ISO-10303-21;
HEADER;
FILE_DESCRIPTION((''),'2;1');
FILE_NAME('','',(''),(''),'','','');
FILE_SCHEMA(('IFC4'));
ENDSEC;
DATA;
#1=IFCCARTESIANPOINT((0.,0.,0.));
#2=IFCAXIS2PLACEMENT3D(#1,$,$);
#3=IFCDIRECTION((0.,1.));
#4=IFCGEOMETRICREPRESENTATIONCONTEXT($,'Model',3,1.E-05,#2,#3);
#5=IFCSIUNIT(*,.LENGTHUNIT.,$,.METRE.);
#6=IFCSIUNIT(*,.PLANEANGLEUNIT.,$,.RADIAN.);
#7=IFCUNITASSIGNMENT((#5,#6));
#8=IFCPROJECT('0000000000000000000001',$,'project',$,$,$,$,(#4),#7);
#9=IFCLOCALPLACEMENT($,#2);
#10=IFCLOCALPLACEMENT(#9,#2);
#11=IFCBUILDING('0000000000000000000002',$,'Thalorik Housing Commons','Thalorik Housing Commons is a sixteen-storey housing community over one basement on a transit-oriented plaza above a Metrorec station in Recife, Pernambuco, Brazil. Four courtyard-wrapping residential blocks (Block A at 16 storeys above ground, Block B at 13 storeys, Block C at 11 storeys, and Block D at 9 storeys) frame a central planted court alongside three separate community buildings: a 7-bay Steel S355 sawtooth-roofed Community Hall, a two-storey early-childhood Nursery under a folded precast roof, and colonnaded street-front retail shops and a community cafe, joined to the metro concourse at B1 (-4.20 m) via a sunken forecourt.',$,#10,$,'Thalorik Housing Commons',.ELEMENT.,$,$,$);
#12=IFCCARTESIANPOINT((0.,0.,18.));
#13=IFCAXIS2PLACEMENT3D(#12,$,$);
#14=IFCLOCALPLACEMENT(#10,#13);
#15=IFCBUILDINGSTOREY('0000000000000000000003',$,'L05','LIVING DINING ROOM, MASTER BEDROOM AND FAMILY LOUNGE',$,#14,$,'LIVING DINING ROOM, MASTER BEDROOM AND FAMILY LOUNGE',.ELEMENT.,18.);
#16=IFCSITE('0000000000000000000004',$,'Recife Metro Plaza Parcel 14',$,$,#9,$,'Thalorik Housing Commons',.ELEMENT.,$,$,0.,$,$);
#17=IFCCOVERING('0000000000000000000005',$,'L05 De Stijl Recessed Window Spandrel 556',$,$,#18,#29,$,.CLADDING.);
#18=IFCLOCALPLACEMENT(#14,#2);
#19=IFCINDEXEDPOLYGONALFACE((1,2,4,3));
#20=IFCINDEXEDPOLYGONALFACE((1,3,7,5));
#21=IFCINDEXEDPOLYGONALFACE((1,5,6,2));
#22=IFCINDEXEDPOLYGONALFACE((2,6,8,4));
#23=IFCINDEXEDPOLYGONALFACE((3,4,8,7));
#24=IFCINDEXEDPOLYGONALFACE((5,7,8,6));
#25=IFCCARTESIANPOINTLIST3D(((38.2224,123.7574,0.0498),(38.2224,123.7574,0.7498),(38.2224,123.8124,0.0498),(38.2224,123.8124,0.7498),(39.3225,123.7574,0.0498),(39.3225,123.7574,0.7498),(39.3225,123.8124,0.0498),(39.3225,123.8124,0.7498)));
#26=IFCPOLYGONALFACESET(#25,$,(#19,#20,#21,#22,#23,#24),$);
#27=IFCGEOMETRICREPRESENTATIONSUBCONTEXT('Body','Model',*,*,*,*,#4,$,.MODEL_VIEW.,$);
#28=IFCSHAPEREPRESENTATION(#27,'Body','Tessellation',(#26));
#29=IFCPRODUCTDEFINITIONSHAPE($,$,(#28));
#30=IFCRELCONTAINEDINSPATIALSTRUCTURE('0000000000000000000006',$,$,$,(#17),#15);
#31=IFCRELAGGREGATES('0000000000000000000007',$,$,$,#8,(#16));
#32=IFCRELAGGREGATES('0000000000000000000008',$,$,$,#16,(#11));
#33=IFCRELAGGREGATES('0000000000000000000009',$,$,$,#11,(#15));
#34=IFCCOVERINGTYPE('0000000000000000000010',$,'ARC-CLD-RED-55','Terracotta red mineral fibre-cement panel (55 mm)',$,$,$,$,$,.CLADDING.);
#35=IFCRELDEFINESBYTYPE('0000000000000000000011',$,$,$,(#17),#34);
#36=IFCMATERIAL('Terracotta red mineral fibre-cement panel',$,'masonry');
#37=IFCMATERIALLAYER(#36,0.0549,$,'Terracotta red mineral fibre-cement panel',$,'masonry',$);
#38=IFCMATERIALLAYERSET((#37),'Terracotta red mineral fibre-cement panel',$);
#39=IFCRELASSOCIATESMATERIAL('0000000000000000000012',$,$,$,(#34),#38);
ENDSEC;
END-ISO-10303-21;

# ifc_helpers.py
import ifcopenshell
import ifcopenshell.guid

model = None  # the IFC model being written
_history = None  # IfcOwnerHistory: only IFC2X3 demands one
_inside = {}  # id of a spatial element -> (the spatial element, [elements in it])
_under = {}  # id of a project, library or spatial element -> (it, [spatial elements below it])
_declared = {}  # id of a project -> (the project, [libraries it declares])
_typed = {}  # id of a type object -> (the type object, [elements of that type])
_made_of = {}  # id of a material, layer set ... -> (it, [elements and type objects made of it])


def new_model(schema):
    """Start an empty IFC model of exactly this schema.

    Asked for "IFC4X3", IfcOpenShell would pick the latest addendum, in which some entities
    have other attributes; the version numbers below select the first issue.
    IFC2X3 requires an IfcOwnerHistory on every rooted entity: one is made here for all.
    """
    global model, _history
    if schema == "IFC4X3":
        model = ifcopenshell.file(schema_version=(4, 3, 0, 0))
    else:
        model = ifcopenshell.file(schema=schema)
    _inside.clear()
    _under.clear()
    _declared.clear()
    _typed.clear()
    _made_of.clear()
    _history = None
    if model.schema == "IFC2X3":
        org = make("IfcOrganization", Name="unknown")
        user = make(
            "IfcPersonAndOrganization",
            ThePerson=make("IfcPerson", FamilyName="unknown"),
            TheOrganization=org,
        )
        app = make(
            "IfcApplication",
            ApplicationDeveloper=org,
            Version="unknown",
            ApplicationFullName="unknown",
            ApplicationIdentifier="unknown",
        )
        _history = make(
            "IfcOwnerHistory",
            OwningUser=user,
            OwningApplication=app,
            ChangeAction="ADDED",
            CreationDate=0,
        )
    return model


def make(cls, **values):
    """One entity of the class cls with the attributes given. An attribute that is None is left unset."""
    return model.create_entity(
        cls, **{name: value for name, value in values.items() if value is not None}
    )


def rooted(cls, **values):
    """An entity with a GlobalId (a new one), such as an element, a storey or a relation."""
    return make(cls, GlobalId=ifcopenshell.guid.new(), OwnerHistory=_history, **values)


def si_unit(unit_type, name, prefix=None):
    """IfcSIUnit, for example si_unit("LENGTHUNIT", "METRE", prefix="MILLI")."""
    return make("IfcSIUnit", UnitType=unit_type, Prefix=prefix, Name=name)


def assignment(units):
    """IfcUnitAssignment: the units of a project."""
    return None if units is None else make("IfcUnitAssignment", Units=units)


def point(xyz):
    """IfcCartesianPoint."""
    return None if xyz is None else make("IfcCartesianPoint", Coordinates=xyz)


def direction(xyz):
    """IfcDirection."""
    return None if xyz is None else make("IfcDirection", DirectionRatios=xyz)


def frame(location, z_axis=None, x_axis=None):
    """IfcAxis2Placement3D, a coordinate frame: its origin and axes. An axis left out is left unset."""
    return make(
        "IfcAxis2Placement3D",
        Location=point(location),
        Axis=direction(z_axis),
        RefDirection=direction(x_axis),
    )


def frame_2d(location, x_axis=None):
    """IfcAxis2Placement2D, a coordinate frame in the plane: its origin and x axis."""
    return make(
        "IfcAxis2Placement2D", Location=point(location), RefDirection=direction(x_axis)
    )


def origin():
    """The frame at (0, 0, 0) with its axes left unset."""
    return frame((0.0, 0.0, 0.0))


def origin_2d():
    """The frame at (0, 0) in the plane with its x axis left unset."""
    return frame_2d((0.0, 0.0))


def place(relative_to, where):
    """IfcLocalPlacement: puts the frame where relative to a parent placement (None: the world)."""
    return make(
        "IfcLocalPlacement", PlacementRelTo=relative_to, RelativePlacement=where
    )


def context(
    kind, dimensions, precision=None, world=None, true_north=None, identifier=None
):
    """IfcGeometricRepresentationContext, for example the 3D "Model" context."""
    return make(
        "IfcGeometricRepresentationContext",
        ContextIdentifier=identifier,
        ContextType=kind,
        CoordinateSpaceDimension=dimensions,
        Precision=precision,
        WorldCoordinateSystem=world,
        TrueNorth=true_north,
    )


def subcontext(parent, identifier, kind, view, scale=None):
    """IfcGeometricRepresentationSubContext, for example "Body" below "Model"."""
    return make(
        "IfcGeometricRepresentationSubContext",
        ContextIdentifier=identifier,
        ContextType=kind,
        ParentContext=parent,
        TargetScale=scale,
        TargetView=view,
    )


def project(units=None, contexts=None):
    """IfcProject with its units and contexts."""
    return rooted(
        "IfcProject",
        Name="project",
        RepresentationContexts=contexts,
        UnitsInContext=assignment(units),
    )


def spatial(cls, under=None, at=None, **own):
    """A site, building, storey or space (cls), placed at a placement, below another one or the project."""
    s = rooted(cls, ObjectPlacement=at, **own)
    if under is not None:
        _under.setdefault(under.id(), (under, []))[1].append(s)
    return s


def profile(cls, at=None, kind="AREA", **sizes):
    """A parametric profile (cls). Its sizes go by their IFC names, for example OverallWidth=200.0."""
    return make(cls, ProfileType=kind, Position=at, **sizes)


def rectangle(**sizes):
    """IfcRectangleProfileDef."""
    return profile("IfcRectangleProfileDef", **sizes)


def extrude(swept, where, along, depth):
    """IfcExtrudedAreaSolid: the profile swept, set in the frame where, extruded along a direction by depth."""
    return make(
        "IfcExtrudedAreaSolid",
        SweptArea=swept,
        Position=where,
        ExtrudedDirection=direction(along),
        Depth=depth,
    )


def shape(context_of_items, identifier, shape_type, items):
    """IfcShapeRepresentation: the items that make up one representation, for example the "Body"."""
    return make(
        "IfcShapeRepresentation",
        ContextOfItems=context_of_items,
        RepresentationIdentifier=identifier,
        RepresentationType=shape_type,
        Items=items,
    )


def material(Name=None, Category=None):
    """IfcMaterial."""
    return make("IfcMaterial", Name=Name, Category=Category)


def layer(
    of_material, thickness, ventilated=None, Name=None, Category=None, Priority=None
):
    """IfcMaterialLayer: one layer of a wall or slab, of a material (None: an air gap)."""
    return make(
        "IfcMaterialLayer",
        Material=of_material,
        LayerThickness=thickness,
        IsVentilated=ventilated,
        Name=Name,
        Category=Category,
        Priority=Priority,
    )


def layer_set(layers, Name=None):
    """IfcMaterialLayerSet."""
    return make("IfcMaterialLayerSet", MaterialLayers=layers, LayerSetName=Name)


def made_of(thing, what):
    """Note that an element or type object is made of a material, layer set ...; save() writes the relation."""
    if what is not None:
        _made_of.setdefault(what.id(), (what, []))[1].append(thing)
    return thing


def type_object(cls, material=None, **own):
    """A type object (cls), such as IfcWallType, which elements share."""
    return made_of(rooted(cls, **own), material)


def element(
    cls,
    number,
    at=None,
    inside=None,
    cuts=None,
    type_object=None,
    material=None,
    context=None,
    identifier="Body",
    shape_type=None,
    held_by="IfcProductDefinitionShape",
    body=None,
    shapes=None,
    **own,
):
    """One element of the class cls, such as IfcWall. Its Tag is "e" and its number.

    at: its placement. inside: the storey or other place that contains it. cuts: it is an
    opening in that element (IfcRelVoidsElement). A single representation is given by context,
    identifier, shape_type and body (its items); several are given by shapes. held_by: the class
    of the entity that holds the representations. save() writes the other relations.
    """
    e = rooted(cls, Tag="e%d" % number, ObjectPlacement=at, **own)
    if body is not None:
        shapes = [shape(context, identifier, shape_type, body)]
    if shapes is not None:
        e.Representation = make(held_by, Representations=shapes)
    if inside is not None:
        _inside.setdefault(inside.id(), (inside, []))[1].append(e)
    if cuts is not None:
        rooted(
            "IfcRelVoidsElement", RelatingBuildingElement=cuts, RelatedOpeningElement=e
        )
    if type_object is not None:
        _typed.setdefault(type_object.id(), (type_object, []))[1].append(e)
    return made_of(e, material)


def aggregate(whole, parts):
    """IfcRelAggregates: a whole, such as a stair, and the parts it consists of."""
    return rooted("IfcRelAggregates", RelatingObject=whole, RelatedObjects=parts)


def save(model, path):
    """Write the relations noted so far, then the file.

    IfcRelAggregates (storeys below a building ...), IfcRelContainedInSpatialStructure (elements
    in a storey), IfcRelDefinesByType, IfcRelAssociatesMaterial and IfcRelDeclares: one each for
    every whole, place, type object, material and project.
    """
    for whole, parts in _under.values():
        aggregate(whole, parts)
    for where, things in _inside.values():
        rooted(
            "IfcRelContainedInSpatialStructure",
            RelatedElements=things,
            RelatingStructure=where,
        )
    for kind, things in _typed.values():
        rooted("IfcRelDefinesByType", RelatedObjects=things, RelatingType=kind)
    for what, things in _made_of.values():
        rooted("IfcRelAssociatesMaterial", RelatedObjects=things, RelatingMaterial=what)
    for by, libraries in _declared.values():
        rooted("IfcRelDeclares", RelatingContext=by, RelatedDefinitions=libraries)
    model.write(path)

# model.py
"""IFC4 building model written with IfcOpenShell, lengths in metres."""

from ifc_helpers import new_model, si_unit, direction, frame, origin, origin_2d, place, context, subcontext, project, spatial, rectangle, extrude, material, layer, layer_set, type_object, element, save


model = new_model("IFC4")

# Units and contexts
model_context = context("Model", 3, precision=1e-05, world=origin(), true_north=direction((0.0, 1.0)))
body_context = subcontext(model_context, "Body", "Model", "MODEL_VIEW")
ifc_project = project(units=[si_unit("LENGTHUNIT", "METRE"), si_unit("PLANEANGLEUNIT", "RADIAN")], contexts=[model_context])

# Site, building, storey
site_placement = place(None, origin())
site = spatial("IfcSite", under=ifc_project, at=site_placement, Name="Recife Metro Plaza Parcel 14", LongName="Thalorik Housing Commons", CompositionType="ELEMENT", RefElevation=0.0)
building_placement = place(site_placement, origin())
building = spatial("IfcBuilding", under=site, at=building_placement, Name="Thalorik Housing Commons", Description="Thalorik Housing Commons is a sixteen-storey housing community over one basement on a transit-oriented plaza above a Metrorec station in Recife, Pernambuco, Brazil. Four courtyard-wrapping residential blocks (Block A at 16 storeys above ground, Block B at 13 storeys, Block C at 11 storeys, and Block D at 9 storeys) frame a central planted court alongside three separate community buildings: a 7-bay Steel S355 sawtooth-roofed Community Hall, a two-storey early-childhood Nursery under a folded precast roof, and colonnaded street-front retail shops and a community cafe, joined to the metro concourse at B1 (-4.20 m) via a sunken forecourt.", LongName="Thalorik Housing Commons", CompositionType="ELEMENT")
storey_placement = place(building_placement, frame((0.0, 0.0, 18.0)))
storey = spatial("IfcBuildingStorey", under=building, at=storey_placement, Name="L05", Description="LIVING DINING ROOM, MASTER BEDROOM AND FAMILY LOUNGE", LongName="LIVING DINING ROOM, MASTER BEDROOM AND FAMILY LOUNGE", CompositionType="ELEMENT", Elevation=18.0)

# Covering
ifc_material_1 = material(Name="Terracotta red mineral fibre-cement panel", Category="masonry")
ifc_layer_1 = layer(ifc_material_1, 0.0549, Name="Terracotta red mineral fibre-cement panel", Category="masonry")
ifc_layer_set_1 = layer_set([ifc_layer_1], Name="Terracotta red mineral fibre-cement panel")
covering_type_1 = type_object("IfcCoveringType", Name="ARC-CLD-RED-55", Description="Terracotta red mineral fibre-cement panel (55 mm)", PredefinedType="CLADDING", material=ifc_layer_set_1)
covering_1_placement = place(storey_placement, frame((38.7725, 123.7849, 0.0498), z_axis=(0.0, 0.0, 1.0), x_axis=(-1.0, 0.0, 0.0)))
element("IfcCovering", 1, at=covering_1_placement, inside=storey, type_object=covering_type_1, Name="L05 De Stijl Recessed Window Spandrel 556", PredefinedType="CLADDING", context=body_context, shape_type="SweptSolid", body=[
    extrude(rectangle(XDim=1.1001, YDim=0.0549, at=origin_2d()), origin(), (0.0, 0.0, 1.0), 0.7),
])

save(model, "model.ifc")
